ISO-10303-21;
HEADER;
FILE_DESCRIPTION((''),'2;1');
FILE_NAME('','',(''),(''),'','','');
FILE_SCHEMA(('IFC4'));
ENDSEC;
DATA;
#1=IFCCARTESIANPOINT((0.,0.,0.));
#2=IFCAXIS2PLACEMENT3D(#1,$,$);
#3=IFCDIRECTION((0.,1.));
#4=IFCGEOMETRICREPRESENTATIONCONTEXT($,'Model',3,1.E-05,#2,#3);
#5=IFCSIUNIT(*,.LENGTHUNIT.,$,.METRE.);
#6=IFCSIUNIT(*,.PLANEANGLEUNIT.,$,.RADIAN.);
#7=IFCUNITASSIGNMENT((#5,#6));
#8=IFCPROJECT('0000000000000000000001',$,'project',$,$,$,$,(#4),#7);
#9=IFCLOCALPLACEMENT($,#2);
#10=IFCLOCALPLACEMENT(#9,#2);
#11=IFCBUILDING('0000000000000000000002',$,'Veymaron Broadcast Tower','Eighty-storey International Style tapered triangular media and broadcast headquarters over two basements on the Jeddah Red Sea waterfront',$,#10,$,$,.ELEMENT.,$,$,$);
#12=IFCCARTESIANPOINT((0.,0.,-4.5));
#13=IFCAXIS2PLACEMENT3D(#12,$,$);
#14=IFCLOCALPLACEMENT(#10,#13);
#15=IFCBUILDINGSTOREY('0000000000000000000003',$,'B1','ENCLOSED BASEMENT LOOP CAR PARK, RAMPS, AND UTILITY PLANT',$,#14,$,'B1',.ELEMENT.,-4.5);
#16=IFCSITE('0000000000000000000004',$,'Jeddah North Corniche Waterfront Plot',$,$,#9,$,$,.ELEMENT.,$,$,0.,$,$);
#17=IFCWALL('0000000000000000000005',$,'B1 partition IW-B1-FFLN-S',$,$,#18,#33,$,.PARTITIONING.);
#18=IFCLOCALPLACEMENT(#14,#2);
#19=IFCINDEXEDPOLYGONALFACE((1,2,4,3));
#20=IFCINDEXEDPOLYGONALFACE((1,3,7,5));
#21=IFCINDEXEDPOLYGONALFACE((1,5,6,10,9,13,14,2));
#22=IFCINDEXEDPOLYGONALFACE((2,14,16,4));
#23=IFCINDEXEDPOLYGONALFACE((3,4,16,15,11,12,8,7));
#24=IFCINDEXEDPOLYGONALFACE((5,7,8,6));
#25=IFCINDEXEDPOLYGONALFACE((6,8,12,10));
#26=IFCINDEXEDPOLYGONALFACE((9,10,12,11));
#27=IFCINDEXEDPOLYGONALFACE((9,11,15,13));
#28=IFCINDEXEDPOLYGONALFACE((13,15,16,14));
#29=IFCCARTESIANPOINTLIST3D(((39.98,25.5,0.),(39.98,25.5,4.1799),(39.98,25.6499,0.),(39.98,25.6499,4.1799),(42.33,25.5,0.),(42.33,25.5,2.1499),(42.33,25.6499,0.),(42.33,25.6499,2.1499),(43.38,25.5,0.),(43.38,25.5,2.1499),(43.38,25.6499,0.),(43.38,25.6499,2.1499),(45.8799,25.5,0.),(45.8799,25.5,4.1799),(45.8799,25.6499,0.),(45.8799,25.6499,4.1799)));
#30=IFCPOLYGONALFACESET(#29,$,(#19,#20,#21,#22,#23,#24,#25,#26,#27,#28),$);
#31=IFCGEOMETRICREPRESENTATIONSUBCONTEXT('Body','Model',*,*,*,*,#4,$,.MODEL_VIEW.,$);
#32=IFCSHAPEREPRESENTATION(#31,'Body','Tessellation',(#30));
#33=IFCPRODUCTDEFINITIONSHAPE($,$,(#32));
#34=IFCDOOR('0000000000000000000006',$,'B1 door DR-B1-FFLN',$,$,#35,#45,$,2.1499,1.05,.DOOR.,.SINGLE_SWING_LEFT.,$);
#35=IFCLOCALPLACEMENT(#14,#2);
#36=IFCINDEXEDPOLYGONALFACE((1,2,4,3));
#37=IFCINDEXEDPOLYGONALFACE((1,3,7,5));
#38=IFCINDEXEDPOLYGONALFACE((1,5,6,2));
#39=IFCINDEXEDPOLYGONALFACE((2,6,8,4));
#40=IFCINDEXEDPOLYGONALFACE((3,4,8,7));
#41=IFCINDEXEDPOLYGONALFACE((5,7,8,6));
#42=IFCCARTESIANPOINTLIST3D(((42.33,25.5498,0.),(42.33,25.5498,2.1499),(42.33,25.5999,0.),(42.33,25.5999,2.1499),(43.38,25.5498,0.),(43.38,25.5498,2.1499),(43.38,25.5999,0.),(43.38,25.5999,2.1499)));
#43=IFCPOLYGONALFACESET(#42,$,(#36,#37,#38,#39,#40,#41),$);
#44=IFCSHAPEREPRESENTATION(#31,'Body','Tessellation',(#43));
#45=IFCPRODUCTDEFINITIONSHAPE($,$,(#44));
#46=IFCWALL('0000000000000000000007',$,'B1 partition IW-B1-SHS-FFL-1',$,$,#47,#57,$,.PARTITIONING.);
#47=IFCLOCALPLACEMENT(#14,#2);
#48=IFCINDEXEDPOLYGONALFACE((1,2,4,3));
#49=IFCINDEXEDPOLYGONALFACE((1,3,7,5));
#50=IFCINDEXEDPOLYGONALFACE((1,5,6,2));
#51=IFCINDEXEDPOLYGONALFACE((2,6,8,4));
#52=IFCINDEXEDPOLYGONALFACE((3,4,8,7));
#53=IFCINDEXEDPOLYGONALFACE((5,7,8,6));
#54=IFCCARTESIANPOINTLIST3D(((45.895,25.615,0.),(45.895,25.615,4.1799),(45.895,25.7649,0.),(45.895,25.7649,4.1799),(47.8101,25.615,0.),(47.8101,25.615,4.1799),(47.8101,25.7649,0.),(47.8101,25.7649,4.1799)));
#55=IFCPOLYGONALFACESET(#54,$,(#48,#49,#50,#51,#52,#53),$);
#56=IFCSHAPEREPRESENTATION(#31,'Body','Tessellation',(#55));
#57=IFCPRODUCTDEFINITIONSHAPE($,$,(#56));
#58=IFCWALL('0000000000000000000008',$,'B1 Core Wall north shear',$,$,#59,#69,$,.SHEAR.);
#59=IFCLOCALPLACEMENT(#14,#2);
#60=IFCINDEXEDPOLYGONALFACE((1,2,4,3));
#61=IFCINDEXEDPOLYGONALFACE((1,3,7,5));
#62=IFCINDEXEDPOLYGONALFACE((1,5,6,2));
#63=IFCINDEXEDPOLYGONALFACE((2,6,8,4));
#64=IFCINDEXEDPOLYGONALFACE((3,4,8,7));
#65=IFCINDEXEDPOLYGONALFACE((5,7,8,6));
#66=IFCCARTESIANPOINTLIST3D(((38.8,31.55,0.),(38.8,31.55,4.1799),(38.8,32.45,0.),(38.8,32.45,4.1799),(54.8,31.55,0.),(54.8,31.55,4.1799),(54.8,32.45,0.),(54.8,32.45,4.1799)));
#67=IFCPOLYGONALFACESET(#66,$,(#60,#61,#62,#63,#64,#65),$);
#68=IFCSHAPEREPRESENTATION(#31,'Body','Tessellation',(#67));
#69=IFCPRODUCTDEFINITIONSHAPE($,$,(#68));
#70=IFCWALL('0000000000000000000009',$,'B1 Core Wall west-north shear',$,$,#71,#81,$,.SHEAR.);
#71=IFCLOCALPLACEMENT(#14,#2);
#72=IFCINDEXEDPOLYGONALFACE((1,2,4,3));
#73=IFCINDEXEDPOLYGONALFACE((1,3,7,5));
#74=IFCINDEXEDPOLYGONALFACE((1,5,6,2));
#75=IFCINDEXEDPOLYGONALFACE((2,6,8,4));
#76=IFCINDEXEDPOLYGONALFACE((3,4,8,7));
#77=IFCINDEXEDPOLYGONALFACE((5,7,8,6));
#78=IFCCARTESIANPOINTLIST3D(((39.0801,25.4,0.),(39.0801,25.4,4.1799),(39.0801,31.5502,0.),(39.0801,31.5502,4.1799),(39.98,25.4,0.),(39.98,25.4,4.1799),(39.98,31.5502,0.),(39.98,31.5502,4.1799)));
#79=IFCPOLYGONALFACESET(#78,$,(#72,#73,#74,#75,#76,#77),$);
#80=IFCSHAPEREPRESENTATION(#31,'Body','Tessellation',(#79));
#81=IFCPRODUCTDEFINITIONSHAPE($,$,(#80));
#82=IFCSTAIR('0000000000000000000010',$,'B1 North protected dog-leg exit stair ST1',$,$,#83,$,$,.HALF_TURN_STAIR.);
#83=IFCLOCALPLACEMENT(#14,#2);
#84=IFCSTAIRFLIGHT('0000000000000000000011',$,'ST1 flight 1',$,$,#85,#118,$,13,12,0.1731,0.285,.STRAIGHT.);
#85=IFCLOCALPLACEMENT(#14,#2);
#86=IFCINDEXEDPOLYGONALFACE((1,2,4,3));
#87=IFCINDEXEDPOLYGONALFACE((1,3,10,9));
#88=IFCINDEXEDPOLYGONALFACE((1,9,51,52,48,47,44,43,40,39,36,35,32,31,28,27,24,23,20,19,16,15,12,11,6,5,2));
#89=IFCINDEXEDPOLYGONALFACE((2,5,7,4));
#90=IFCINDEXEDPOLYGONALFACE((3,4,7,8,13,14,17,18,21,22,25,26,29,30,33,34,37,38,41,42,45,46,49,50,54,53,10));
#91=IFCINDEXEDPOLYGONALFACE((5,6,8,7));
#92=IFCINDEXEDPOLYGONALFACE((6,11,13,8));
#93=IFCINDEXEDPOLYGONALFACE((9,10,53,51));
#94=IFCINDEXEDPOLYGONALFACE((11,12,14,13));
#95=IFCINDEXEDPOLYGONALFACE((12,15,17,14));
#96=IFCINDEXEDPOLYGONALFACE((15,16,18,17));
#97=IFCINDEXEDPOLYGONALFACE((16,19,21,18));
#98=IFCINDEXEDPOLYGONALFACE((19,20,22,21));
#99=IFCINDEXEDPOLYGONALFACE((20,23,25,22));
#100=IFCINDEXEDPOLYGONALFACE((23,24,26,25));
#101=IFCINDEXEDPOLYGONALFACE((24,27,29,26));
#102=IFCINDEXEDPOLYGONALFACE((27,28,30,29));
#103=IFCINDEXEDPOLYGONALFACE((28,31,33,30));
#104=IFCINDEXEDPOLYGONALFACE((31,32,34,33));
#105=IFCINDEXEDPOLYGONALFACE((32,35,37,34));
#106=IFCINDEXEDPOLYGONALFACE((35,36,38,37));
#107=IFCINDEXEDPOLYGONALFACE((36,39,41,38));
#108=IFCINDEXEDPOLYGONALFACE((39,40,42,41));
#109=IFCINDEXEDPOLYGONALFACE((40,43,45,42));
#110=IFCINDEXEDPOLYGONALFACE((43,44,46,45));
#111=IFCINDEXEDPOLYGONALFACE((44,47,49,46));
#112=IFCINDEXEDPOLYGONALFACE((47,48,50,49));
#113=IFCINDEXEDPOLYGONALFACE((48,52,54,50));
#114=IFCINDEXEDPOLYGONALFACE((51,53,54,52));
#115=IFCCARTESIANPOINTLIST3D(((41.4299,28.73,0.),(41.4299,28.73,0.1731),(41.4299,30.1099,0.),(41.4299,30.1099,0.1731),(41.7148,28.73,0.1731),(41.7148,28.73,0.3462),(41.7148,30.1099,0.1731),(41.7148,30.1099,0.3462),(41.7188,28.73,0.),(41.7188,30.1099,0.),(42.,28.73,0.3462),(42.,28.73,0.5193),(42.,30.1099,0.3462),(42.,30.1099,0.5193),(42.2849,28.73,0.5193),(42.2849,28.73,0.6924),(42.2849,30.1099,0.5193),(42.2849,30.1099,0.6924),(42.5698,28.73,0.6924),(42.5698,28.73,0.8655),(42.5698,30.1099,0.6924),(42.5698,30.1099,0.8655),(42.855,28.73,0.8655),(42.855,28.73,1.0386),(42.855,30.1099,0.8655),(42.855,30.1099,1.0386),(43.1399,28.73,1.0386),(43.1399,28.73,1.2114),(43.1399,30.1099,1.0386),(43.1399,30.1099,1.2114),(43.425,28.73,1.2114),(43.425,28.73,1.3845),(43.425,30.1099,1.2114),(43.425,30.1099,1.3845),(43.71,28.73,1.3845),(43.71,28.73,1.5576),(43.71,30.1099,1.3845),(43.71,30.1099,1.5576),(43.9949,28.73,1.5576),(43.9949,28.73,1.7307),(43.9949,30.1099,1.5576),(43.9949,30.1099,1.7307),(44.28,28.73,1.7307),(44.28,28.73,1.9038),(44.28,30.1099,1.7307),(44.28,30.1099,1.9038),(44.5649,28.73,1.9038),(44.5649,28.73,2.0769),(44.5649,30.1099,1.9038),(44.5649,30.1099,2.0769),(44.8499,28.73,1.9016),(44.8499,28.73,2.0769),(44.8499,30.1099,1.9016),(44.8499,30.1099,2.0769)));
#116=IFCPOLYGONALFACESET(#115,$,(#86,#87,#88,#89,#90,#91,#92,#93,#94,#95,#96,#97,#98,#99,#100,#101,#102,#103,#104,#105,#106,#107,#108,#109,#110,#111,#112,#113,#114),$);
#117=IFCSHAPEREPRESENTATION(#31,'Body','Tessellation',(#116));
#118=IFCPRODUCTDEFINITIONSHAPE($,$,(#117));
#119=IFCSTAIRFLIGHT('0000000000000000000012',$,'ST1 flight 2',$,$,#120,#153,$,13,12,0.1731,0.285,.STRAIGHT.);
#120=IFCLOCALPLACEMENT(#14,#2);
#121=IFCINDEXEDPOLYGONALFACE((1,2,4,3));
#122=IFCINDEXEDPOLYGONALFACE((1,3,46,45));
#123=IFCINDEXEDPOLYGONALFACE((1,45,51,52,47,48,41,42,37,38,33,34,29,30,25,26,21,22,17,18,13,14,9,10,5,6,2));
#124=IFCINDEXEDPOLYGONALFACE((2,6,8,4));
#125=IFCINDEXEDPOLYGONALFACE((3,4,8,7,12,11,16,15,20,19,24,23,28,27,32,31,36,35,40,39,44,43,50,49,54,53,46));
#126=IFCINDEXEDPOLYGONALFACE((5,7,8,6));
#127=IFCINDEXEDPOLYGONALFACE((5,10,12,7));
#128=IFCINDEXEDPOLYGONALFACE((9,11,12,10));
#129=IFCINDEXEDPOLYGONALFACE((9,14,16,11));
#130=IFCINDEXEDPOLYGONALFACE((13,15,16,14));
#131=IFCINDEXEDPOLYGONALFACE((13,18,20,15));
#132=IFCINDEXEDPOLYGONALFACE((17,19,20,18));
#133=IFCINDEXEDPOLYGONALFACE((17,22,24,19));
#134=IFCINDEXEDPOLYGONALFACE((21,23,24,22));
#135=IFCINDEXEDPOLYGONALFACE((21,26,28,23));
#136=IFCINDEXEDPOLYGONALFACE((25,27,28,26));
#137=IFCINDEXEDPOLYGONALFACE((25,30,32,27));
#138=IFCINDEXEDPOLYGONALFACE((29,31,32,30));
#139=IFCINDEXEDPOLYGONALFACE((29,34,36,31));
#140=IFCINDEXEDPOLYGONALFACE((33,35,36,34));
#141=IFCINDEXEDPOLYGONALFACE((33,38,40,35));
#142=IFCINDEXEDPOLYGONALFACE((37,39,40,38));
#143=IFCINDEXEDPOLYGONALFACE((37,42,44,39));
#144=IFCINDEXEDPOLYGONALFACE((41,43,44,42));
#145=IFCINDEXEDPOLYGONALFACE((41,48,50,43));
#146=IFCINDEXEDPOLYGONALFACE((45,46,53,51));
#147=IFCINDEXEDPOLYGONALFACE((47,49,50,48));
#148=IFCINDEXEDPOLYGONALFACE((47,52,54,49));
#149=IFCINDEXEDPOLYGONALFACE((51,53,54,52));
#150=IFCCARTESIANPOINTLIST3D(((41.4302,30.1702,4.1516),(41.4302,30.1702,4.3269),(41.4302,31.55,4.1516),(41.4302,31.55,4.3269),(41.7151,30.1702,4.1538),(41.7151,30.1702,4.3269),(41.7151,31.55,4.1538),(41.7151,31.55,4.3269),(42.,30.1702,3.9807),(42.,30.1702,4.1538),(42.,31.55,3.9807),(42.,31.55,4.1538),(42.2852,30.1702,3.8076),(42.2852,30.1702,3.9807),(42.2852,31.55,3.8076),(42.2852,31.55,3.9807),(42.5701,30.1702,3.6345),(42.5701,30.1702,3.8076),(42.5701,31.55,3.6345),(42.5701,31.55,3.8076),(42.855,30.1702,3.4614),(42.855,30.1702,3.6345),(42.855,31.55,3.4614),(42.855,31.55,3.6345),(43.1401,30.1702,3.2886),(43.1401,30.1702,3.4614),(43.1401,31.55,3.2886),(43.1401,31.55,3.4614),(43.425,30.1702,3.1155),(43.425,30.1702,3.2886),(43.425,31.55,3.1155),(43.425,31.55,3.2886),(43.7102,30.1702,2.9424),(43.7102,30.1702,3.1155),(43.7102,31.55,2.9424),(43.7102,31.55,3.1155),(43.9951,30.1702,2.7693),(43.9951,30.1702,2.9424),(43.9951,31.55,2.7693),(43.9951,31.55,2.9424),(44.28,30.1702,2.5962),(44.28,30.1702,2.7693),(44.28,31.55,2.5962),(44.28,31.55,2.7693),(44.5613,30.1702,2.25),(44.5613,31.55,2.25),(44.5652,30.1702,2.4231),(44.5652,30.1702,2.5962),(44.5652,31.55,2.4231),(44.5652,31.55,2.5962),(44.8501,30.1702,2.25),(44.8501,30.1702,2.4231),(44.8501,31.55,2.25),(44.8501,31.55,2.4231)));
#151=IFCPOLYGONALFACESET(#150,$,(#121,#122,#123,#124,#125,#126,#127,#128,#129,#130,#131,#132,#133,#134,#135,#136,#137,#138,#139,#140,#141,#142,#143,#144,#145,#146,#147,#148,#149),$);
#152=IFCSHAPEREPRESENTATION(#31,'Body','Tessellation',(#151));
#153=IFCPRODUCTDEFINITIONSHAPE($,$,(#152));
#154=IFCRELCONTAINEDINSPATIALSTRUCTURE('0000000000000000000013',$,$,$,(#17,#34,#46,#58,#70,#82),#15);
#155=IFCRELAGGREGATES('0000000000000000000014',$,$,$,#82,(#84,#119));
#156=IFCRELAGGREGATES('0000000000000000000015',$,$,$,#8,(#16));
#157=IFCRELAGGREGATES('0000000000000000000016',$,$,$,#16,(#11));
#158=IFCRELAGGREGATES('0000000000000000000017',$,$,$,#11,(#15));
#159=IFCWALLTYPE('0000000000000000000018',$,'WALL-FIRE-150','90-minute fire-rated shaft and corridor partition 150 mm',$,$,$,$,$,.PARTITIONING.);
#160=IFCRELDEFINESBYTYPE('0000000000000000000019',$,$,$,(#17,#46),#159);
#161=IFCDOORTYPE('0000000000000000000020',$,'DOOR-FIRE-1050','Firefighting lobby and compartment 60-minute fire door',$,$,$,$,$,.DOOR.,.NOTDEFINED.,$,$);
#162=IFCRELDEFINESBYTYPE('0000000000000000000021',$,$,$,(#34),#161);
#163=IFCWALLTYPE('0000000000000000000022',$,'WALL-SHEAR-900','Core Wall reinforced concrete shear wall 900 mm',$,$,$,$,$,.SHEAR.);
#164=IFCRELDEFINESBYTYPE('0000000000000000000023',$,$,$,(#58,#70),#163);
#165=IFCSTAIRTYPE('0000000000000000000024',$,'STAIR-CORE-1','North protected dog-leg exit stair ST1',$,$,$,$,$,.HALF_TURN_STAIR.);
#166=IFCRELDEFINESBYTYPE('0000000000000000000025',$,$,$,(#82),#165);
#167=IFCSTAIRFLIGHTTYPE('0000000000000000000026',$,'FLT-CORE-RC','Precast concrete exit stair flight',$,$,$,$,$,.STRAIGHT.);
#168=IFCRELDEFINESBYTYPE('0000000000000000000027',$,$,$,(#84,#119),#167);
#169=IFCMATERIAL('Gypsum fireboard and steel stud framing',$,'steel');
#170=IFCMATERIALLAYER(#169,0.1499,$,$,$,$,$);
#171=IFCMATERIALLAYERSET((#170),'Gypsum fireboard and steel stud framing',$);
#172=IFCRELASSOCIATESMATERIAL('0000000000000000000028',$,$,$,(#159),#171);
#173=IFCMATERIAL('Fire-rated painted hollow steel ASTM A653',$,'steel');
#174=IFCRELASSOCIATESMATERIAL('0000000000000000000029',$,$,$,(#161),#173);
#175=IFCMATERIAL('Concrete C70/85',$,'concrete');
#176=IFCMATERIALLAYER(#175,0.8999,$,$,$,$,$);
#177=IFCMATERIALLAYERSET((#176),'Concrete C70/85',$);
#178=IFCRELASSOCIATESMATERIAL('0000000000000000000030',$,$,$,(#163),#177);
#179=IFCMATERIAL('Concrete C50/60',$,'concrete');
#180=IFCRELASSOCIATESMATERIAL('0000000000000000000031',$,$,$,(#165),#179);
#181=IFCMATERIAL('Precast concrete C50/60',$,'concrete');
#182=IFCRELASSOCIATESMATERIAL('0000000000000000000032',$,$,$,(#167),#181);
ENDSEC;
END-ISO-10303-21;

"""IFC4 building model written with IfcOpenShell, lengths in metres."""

from ifc_helpers import new_model, si_unit, direction, frame, frame_2d, origin, place, context, subcontext, project, spatial, polyline, rectangle, outline, extrude, material, layer, layer_set, type_object, element, fill, aggregate, save


model = new_model("IFC4")

# Units and contexts
model_context = context("Model", 3, precision=1e-05, world=origin(), true_north=direction((0.0, 1.0)))
body_context = subcontext(model_context, "Body", "Model", "MODEL_VIEW")
ifc_project = project(units=[si_unit("LENGTHUNIT", "METRE"), si_unit("PLANEANGLEUNIT", "RADIAN")], contexts=[model_context])

# Site, building, storey
site_placement = place(None, origin())
site = spatial("IfcSite", under=ifc_project, at=site_placement, Name="Jeddah North Corniche Waterfront Plot", CompositionType="ELEMENT", RefElevation=0.0)
building_placement = place(site_placement, origin())
building = spatial("IfcBuilding", under=site, at=building_placement, Name="Veymaron Broadcast Tower", Description="Eighty-storey International Style tapered triangular media and broadcast headquarters over two basements on the Jeddah Red Sea waterfront", CompositionType="ELEMENT")
storey_placement = place(building_placement, frame((0.0, 0.0, -4.5)))
storey = spatial("IfcBuildingStorey", under=building, at=storey_placement, Name="B1", Description="ENCLOSED BASEMENT LOOP CAR PARK, RAMPS, AND UTILITY PLANT", LongName="B1", CompositionType="ELEMENT", Elevation=-4.5)

# Shared definitions
ifc_material_1 = material(Name="Concrete C70/85", Category="concrete")

# Wall, opening, door
ifc_material_2 = material(Name="Gypsum fireboard and steel stud framing", Category="steel")
ifc_layer_1 = layer(ifc_material_2, 0.1499)
ifc_layer_set_1 = layer_set([ifc_layer_1], Name="Gypsum fireboard and steel stud framing")
wall_type_1 = type_object("IfcWallType", Name="WALL-FIRE-150", Description="90-minute fire-rated shaft and corridor partition 150 mm", PredefinedType="PARTITIONING", material=ifc_layer_set_1)
wall_1_placement = place(storey_placement, frame((39.98, 25.575, 0.0), z_axis=(0.0, 0.0, 1.0), x_axis=(1.0, 0.0, 0.0)))
wall_1 = element("IfcWall", 1, at=wall_1_placement, inside=storey, type_object=wall_type_1, Name="B1 partition IW-B1-FFLN-S", PredefinedType="PARTITIONING", context=body_context, shape_type="SweptSolid", body=[
    extrude(rectangle(XDim=5.8999, YDim=0.1499, at=frame_2d((2.95, 0.0))), origin(), (0.0, 0.0, 1.0), 4.1799),
])
opening_1_placement = place(wall_1_placement, frame((2.3501, 0.0, 0.0)))
opening_1 = element("IfcOpeningElement", 2, at=opening_1_placement, cuts=wall_1, PredefinedType="OPENING", context=body_context, shape_type="SweptSolid", body=[
    extrude(rectangle(XDim=1.05, YDim=2.1499, at=frame_2d((0.5249, 1.075))), frame((0.0, 0.085, 0.0), z_axis=(0.0, -1.0, 0.0), x_axis=(1.0, 0.0, 0.0)), (0.0, 0.0, 1.0), 0.1699),
])
ifc_material_3 = material(Name="Fire-rated painted hollow steel ASTM A653", Category="steel")
door_type_1 = type_object("IfcDoorType", Name="DOOR-FIRE-1050", Description="Firefighting lobby and compartment 60-minute fire door", OperationType="NOTDEFINED", PredefinedType="DOOR", material=ifc_material_3)
door_1_placement = place(opening_1_placement, origin())
door_1 = element("IfcDoor", 3, at=door_1_placement, inside=storey, type_object=door_type_1, Name="B1 door DR-B1-FFLN", OperationType="SINGLE_SWING_LEFT", OverallHeight=2.1499, OverallWidth=1.05, PredefinedType="DOOR", context=body_context, shape_type="SweptSolid", body=[
    extrude(rectangle(XDim=1.05, YDim=2.1499, at=frame_2d((0.5249, 1.075))), frame((0.0, 0.0249, 0.0), z_axis=(0.0, -1.0, 0.0), x_axis=(1.0, 0.0, 0.0)), (0.0, 0.0, 1.0), 0.05),
])
fill(opening_1, door_1)

# Wall
wall_2_placement = place(storey_placement, frame((45.895, 25.6899, 0.0), z_axis=(0.0, 0.0, 1.0), x_axis=(1.0, 0.0, 0.0)))
element("IfcWall", 4, at=wall_2_placement, inside=storey, type_object=wall_type_1, Name="B1 partition IW-B1-SHS-FFL-1", PredefinedType="PARTITIONING", context=body_context, shape_type="SweptSolid", body=[
    extrude(rectangle(XDim=1.915, YDim=0.1499, at=frame_2d((0.9575, 0.0))), origin(), (0.0, 0.0, 1.0), 4.1799),
])

# Shared definitions
ifc_material_4 = material(Name="Concrete C50/60", Category="concrete")

# Walls
ifc_layer_2 = layer(ifc_material_1, 0.8999)
ifc_layer_set_2 = layer_set([ifc_layer_2], Name="Concrete C70/85")
wall_type_2 = type_object("IfcWallType", Name="WALL-SHEAR-900", Description="Core Wall reinforced concrete shear wall 900 mm", PredefinedType="SHEAR", material=ifc_layer_set_2)
wall_3_placement = place(storey_placement, frame((38.8, 32.0, 0.0), z_axis=(0.0, 0.0, 1.0), x_axis=(1.0, 0.0, 0.0)))
element("IfcWall", 5, at=wall_3_placement, inside=storey, type_object=wall_type_2, Name="B1 Core Wall north shear", PredefinedType="SHEAR", context=body_context, shape_type="SweptSolid", body=[
    extrude(rectangle(XDim=16.0, YDim=0.8999, at=frame_2d((8.0, 0.0))), origin(), (0.0, 0.0, 1.0), 4.1799),
])
wall_4_placement = place(storey_placement, frame((39.53, 25.3999, 0.0), z_axis=(0.0, 0.0, 1.0), x_axis=(0.0, 1.0, 0.0)))
element("IfcWall", 6, at=wall_4_placement, inside=storey, type_object=wall_type_2, Name="B1 Core Wall west-north shear", PredefinedType="SHEAR", context=body_context, shape_type="SweptSolid", body=[
    extrude(rectangle(XDim=6.1501, YDim=0.8999, at=frame_2d((3.0752, 0.0))), origin(), (0.0, 0.0, 1.0), 4.1799),
])

# Stair, stair flights
stair_type = type_object("IfcStairType", Name="STAIR-CORE-1", Description="North protected dog-leg exit stair ST1", PredefinedType="HALF_TURN_STAIR", material=ifc_material_4)
stair_placement = place(storey_placement, origin())
stair = element("IfcStair", 7, at=stair_placement, inside=storey, type_object=stair_type, Name="B1 North protected dog-leg exit stair ST1", PredefinedType="HALF_TURN_STAIR")
ifc_material_5 = material(Name="Precast concrete C50/60", Category="concrete")
stair_flight_type = type_object("IfcStairFlightType", Name="FLT-CORE-RC", Description="Precast concrete exit stair flight", PredefinedType="STRAIGHT", material=ifc_material_5)
stair_flight_1_placement = place(storey_placement, frame((41.4299, 29.4199, 0.0), z_axis=(0.0, 0.0, 1.0), x_axis=(1.0, 0.0, 0.0)))
stair_flight_1 = element("IfcStairFlight", 8, at=stair_flight_1_placement, type_object=stair_flight_type, Name="ST1 flight 1", NumberOfRisers=13, NumberOfTreads=12, PredefinedType="STRAIGHT", RiserHeight=0.1731, TreadLength=0.285, context=body_context, shape_type="SweptSolid", body=[
    extrude(outline(polyline([(0.0, 0.0), (0.0, 0.1731), (0.2849, 0.1731), (0.2849, 0.3462), (0.5701, 0.3462), (0.5701, 0.5193), (0.855, 0.5193), (0.855, 0.6924), (1.1399, 0.6924), (1.1399, 0.8655), (1.425, 0.8655), (1.425, 1.0386), (1.71, 1.0386), (1.71, 1.2114), (1.9951, 1.2114), (1.9951, 1.3845), (2.28, 1.3845), (2.28, 1.5576), (2.5649, 1.5576), (2.5649, 1.7307), (2.8501, 1.7307), (2.8501, 1.9038), (3.135, 1.9038), (3.135, 2.0769), (3.4199, 2.0769), (3.4199, 2.25), (3.4199, 1.9016), (0.2888, 0.0), (0.0, 0.0)])), frame((0.0, 0.6899, 0.0), z_axis=(0.0, -1.0, 0.0), x_axis=(1.0, 0.0, 0.0)), (0.0, 0.0, 1.0), 1.3799),
])
stair_flight_2_placement = place(storey_placement, frame((44.8501, 30.8601, 2.25), z_axis=(0.0, 0.0, 1.0), x_axis=(-1.0, 0.0, 0.0)))
stair_flight_2 = element("IfcStairFlight", 9, at=stair_flight_2_placement, type_object=stair_flight_type, Name="ST1 flight 2", NumberOfRisers=13, NumberOfTreads=12, PredefinedType="STRAIGHT", RiserHeight=0.1731, TreadLength=0.285, context=body_context, shape_type="SweptSolid", body=[
    extrude(outline(polyline([(0.0, 0.0), (0.0, 0.1731), (0.2849, 0.1731), (0.2849, 0.3462), (0.5701, 0.3462), (0.5701, 0.5193), (0.855, 0.5193), (0.855, 0.6924), (1.1399, 0.6924), (1.1399, 0.8655), (1.425, 0.8655), (1.425, 1.0386), (1.71, 1.0386), (1.71, 1.2114), (1.9951, 1.2114), (1.9951, 1.3845), (2.28, 1.3845), (2.28, 1.5576), (2.5649, 1.5576), (2.5649, 1.7307), (2.8501, 1.7307), (2.8501, 1.9038), (3.135, 1.9038), (3.135, 2.0769), (3.4199, 2.0769), (3.4199, 2.25), (3.4199, 1.9016), (0.2888, 0.0), (0.0, 0.0)])), frame((0.0, 0.6899, 0.0), z_axis=(0.0, -1.0, 0.0), x_axis=(1.0, 0.0, 0.0)), (0.0, 0.0, 1.0), 1.3799),
])
aggregate(stair, [stair_flight_1, stair_flight_2])

save(model, "model.ifc")
